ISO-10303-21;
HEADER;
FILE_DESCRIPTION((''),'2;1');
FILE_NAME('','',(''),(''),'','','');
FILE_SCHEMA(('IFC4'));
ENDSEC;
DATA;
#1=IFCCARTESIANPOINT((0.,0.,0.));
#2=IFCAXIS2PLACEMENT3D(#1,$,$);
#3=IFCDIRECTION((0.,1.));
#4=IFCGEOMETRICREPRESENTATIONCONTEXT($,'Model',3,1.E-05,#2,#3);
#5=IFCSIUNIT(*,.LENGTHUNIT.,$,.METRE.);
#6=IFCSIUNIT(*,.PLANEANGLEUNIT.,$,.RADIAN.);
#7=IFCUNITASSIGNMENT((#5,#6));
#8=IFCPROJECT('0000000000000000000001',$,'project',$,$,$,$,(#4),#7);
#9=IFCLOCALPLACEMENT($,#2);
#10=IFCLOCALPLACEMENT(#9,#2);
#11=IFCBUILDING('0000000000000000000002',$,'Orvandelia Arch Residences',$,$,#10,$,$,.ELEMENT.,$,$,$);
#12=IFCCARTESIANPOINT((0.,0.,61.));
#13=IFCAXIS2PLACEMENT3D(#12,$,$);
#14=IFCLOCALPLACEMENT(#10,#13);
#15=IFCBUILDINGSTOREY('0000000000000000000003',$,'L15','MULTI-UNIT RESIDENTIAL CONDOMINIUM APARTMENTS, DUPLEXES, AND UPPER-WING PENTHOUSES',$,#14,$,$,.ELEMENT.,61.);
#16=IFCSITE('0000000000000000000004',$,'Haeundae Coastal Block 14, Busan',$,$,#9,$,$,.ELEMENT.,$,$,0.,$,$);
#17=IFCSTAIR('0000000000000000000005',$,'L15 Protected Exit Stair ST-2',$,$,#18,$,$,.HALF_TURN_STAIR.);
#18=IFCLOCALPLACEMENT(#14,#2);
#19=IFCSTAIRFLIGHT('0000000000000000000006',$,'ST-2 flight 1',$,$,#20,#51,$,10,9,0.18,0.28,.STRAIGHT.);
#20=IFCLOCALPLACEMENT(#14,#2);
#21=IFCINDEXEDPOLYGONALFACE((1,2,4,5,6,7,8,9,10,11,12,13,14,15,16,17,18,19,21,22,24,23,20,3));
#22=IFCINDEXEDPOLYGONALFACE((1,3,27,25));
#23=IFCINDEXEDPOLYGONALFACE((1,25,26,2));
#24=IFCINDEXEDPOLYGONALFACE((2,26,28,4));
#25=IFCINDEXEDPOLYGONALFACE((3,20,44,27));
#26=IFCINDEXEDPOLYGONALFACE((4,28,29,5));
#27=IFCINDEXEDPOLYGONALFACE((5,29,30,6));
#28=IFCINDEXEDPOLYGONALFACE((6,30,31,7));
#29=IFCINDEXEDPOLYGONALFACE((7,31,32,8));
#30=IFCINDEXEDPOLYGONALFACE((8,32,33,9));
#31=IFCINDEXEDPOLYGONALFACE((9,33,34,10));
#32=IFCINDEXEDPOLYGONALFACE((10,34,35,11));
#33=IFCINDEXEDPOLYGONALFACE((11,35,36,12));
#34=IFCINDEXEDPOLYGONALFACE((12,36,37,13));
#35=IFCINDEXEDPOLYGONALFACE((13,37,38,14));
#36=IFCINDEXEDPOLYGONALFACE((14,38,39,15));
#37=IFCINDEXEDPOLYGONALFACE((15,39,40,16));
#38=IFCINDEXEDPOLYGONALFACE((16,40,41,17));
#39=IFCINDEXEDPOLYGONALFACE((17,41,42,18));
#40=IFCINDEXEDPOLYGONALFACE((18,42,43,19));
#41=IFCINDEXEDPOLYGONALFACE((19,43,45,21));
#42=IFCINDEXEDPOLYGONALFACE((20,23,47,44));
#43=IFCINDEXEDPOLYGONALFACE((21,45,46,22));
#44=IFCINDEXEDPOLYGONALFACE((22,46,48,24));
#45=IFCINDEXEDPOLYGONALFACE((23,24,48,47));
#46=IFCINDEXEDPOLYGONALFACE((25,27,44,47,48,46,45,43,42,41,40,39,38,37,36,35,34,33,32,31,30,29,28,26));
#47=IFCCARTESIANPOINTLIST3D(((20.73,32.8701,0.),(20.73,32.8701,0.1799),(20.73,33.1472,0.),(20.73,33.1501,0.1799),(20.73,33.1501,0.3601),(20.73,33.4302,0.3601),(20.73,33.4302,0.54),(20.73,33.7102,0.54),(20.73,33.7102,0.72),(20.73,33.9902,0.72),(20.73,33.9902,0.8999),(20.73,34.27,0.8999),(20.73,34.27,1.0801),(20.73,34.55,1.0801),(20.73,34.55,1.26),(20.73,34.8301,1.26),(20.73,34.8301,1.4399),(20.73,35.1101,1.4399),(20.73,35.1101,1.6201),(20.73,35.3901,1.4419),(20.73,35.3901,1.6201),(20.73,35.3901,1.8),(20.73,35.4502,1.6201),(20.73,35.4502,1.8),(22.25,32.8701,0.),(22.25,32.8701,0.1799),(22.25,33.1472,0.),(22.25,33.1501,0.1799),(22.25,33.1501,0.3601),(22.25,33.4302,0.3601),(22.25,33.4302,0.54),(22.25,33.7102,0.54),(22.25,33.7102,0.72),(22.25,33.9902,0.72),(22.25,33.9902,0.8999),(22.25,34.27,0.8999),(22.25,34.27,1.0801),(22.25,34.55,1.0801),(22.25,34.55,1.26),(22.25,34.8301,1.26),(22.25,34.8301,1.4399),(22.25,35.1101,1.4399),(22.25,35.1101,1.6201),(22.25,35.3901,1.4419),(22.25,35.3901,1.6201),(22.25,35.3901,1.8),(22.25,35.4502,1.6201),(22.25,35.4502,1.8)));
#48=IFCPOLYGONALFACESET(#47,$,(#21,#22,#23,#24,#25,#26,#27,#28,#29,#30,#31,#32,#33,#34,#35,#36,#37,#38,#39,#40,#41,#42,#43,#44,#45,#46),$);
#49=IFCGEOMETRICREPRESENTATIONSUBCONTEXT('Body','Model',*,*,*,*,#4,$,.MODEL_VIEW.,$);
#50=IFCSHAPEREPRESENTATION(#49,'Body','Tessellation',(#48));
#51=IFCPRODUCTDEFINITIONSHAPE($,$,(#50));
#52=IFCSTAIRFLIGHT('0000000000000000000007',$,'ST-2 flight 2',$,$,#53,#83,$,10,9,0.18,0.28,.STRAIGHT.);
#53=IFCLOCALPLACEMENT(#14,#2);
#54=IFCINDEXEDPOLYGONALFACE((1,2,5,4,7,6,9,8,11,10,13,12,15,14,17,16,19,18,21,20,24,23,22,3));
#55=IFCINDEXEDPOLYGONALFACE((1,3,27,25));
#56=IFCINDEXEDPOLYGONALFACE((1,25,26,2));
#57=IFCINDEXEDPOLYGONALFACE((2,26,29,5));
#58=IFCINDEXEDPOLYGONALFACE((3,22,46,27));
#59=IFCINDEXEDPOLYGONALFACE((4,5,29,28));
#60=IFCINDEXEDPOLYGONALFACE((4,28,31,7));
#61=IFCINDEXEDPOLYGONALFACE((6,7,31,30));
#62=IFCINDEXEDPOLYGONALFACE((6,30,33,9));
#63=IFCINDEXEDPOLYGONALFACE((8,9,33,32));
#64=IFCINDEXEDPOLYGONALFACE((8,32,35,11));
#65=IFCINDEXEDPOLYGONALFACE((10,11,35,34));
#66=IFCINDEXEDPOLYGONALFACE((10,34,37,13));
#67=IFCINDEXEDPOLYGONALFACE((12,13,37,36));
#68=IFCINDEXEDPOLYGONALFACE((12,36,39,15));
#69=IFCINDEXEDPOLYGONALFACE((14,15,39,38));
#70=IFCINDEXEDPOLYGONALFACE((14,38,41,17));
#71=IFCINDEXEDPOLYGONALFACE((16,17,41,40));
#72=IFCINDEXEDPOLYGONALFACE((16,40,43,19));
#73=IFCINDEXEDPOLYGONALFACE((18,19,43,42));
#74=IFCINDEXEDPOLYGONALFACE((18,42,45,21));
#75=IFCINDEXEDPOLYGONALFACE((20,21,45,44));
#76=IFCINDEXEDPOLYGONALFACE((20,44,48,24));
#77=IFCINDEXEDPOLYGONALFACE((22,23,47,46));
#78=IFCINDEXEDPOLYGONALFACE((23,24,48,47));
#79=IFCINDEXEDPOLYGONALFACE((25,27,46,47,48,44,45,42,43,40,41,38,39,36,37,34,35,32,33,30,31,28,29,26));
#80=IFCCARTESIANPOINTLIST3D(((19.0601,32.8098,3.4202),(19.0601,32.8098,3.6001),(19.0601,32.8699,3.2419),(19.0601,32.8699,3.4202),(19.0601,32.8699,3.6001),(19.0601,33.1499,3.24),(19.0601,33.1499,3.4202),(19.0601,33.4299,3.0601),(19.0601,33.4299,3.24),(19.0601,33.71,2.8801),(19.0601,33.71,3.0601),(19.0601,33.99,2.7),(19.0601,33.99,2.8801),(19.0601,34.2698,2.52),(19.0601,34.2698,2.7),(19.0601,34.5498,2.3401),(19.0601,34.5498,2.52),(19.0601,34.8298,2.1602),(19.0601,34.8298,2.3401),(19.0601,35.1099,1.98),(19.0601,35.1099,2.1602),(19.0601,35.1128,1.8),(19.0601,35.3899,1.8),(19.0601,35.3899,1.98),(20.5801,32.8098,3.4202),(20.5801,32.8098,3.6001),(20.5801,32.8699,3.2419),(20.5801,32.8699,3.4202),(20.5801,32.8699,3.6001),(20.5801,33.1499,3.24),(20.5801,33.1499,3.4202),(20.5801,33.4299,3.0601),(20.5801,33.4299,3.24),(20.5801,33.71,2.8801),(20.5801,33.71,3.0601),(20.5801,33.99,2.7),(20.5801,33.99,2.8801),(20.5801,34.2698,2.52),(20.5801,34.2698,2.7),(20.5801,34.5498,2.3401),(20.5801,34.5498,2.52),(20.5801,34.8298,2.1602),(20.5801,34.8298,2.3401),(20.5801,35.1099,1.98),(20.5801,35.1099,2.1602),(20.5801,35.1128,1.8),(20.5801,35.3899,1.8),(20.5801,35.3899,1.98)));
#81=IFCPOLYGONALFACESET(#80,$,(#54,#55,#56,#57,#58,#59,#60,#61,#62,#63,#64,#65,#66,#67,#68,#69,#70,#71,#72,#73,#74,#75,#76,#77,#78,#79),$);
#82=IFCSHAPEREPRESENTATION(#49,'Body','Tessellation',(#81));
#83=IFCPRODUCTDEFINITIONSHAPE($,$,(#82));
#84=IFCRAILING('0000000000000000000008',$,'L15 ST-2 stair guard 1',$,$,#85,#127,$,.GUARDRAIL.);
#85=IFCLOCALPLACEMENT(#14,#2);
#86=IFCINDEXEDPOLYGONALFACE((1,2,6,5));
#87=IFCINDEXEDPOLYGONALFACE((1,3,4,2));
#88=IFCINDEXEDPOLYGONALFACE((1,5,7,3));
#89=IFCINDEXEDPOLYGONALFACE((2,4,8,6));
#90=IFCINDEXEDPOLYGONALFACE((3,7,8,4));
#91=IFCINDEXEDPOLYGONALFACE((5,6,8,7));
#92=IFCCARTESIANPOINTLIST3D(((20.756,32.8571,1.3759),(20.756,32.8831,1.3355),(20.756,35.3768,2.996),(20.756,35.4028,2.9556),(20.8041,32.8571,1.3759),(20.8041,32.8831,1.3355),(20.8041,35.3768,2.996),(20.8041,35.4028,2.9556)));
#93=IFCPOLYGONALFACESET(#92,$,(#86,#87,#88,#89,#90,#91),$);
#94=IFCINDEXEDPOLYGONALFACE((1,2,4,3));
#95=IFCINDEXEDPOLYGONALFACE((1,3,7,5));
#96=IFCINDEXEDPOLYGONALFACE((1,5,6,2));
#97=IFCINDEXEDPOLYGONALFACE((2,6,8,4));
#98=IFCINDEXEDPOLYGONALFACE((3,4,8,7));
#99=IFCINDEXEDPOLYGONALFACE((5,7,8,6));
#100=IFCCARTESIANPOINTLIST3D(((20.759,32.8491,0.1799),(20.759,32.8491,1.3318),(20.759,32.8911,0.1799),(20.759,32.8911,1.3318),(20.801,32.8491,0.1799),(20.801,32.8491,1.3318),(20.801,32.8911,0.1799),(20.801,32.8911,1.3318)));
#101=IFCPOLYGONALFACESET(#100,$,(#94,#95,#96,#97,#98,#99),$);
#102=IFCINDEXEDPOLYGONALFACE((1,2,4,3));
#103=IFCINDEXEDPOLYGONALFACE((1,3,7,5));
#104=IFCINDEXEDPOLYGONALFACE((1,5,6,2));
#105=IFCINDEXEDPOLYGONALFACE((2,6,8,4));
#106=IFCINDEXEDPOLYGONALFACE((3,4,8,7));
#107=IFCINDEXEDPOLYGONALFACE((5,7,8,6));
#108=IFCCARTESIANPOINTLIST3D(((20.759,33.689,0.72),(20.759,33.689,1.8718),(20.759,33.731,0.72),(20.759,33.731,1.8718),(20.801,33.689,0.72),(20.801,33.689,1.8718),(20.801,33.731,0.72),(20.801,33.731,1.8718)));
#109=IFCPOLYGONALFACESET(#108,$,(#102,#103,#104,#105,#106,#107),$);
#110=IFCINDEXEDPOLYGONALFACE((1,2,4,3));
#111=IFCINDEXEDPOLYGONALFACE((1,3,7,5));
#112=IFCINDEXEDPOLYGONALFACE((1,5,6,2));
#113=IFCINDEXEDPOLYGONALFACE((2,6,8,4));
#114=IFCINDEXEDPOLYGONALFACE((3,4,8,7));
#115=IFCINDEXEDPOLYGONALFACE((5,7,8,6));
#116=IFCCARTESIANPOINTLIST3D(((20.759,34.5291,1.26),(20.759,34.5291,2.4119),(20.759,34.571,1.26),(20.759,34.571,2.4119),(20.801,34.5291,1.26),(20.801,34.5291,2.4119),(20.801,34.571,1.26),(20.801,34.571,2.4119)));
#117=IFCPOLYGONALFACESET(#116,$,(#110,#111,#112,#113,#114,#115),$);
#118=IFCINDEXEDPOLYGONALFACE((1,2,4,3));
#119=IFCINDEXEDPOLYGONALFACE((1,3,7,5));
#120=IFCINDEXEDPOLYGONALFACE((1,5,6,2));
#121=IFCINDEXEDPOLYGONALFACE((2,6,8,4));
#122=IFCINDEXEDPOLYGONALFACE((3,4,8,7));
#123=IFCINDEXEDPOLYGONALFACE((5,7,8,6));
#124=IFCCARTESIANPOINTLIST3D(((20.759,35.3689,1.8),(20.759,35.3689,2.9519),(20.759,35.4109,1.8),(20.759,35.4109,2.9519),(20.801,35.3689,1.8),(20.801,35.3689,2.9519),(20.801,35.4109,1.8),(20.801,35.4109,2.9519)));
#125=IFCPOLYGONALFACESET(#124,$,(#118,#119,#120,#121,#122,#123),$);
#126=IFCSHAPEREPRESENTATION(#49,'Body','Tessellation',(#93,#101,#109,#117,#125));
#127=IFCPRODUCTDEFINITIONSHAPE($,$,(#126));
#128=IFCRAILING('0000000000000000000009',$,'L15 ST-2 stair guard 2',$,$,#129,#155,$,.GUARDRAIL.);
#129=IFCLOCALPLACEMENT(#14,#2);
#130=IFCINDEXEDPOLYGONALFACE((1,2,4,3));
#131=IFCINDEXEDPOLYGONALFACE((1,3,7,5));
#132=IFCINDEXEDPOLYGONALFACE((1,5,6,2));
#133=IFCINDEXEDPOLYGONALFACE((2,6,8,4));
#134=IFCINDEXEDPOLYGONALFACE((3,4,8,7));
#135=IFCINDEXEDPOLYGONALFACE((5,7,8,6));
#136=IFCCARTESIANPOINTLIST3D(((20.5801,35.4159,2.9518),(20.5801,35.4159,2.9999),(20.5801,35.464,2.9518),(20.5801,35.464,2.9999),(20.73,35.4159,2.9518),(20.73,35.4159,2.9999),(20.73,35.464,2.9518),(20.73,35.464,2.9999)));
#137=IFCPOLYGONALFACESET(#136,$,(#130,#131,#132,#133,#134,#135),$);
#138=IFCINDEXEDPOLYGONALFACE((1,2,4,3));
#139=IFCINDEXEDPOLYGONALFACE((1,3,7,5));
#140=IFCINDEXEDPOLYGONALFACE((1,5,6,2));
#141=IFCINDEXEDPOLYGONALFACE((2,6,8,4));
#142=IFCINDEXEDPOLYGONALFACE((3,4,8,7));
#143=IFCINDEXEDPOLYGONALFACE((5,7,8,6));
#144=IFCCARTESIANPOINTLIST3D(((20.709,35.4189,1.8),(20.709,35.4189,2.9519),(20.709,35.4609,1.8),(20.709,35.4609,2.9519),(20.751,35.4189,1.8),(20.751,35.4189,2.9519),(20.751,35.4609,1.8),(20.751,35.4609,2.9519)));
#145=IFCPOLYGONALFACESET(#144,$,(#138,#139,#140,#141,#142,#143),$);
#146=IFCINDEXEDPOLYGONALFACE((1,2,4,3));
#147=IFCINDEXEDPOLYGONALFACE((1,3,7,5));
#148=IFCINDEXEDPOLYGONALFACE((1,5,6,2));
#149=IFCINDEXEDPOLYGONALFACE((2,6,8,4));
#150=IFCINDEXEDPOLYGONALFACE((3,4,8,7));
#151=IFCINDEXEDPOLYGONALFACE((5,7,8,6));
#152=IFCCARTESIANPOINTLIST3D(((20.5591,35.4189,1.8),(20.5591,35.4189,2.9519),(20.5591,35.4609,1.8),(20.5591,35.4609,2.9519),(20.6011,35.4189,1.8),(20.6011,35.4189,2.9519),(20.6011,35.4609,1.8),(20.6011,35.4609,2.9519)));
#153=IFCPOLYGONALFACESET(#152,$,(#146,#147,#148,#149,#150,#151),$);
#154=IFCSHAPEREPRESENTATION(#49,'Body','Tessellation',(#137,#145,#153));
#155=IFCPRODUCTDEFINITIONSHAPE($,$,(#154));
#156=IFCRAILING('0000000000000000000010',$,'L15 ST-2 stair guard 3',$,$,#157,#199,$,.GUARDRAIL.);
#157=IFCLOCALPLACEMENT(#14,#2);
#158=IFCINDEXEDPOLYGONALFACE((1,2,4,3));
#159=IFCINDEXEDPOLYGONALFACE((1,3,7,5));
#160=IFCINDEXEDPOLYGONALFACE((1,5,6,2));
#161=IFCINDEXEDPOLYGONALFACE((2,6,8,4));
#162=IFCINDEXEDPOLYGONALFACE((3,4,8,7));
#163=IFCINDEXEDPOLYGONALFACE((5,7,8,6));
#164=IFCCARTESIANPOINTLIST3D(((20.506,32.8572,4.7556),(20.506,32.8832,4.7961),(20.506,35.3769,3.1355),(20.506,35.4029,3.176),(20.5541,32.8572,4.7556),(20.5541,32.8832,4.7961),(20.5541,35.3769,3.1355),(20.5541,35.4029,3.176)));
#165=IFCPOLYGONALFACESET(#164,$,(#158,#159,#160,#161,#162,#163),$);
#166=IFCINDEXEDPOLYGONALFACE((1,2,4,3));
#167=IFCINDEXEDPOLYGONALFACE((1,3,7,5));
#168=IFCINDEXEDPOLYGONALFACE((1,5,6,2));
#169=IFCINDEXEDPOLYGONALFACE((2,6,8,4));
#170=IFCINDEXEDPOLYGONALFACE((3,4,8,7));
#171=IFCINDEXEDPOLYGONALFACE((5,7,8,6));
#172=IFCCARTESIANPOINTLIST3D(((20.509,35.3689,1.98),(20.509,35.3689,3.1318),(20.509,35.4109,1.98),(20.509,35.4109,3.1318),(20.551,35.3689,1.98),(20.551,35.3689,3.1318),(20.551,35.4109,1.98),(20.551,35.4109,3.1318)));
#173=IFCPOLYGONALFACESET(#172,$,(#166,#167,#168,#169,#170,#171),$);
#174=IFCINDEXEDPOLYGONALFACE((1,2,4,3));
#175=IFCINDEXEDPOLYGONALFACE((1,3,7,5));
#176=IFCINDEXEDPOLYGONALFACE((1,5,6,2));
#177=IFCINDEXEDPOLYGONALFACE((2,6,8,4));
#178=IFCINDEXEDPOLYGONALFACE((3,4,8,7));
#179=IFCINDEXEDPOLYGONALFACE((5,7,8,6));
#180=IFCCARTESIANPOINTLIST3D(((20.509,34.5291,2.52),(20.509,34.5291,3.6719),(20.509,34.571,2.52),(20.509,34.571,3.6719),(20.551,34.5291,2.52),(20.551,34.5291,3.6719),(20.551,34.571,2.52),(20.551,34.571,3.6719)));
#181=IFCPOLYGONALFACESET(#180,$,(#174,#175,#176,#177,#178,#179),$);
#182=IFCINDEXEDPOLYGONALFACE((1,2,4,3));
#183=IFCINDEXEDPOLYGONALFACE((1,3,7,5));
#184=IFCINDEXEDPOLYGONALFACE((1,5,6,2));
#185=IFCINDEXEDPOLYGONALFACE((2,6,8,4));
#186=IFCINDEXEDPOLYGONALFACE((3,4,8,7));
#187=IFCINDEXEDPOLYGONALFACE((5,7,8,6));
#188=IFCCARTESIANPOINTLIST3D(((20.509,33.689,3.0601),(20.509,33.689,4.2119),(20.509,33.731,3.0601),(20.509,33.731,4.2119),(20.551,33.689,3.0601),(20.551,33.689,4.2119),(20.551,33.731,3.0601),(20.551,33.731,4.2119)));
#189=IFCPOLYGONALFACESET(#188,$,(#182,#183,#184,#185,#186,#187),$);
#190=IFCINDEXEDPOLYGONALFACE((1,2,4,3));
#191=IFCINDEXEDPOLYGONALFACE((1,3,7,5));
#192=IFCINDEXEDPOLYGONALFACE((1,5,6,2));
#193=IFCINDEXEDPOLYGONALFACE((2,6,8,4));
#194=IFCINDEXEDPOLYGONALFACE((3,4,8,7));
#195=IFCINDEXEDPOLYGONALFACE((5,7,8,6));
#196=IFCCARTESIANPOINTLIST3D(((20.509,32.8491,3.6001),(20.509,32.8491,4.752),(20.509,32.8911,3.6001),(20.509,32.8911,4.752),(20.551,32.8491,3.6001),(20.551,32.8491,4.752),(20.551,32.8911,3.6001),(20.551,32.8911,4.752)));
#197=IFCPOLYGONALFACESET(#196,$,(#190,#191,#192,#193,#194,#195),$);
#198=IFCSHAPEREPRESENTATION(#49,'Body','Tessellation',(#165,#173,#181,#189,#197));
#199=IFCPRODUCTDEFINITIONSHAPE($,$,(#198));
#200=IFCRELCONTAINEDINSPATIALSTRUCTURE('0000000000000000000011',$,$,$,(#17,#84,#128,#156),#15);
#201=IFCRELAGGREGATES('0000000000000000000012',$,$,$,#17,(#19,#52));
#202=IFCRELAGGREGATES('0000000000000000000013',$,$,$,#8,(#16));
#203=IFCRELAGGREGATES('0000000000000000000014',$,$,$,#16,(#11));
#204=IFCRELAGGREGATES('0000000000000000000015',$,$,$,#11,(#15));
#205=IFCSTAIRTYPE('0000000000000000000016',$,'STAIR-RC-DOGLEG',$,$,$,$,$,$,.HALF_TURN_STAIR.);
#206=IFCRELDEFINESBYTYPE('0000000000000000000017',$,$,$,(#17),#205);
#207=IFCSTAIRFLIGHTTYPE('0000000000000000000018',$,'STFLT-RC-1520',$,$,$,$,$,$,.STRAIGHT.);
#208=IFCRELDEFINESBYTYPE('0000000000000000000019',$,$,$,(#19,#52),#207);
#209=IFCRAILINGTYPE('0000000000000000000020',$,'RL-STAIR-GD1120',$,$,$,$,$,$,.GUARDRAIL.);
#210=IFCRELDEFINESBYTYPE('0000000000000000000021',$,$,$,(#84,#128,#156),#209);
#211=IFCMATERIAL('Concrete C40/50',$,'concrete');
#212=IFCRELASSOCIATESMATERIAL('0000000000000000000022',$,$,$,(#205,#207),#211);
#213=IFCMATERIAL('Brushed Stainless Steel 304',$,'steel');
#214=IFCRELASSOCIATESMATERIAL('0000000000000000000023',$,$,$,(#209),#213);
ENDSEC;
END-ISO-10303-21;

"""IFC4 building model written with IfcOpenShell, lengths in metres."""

from ifc_helpers import new_model, si_unit, direction, frame, origin, origin_2d, place, context, subcontext, project, spatial, polyline, rectangle, outline, extrude, material, type_object, element, aggregate, save


model = new_model("IFC4")

# Units and contexts
model_context = context("Model", 3, precision=1e-05, world=origin(), true_north=direction((0.0, 1.0)))
body_context = subcontext(model_context, "Body", "Model", "MODEL_VIEW")
ifc_project = project(units=[si_unit("LENGTHUNIT", "METRE"), si_unit("PLANEANGLEUNIT", "RADIAN")], contexts=[model_context])

# Site, building, storey
site_placement = place(None, origin())
site = spatial("IfcSite", under=ifc_project, at=site_placement, Name="Haeundae Coastal Block 14, Busan", CompositionType="ELEMENT", RefElevation=0.0)
building_placement = place(site_placement, origin())
building = spatial("IfcBuilding", under=site, at=building_placement, Name="Orvandelia Arch Residences", CompositionType="ELEMENT")
storey_placement = place(building_placement, frame((0.0, 0.0, 61.0)))
storey = spatial("IfcBuildingStorey", under=building, at=storey_placement, Name="L15", Description="MULTI-UNIT RESIDENTIAL CONDOMINIUM APARTMENTS, DUPLEXES, AND UPPER-WING PENTHOUSES", CompositionType="ELEMENT", Elevation=61.0)

# Stair, stair flights
ifc_material_1 = material(Name="Concrete C40/50", Category="concrete")
stair_type = type_object("IfcStairType", Name="STAIR-RC-DOGLEG", PredefinedType="HALF_TURN_STAIR", material=ifc_material_1)
stair_placement = place(storey_placement, origin())
stair = element("IfcStair", 1, at=stair_placement, inside=storey, type_object=stair_type, Name="L15 Protected Exit Stair ST-2", PredefinedType="HALF_TURN_STAIR")
stair_flight_type = type_object("IfcStairFlightType", Name="STFLT-RC-1520", PredefinedType="STRAIGHT", material=ifc_material_1)
stair_flight_1_placement = place(storey_placement, frame((21.49, 32.8701, 0.0), z_axis=(0.0, 0.0, 1.0), x_axis=(0.0, 1.0, 0.0)))
stair_flight_1 = element("IfcStairFlight", 2, at=stair_flight_1_placement, type_object=stair_flight_type, Name="ST-2 flight 1", NumberOfRisers=10, NumberOfTreads=9, PredefinedType="STRAIGHT", RiserHeight=0.18, TreadLength=0.28, context=body_context, shape_type="SweptSolid", body=[
    extrude(outline(polyline([(0.0, 0.0), (0.0, 0.1799), (0.28, 0.1799), (0.28, 0.3601), (0.5601, 0.3601), (0.5601, 0.54), (0.8401, 0.54), (0.8401, 0.72), (1.1201, 0.72), (1.1201, 0.8999), (1.3999, 0.8999), (1.3999, 1.0801), (1.6799, 1.0801), (1.6799, 1.26), (1.96, 1.26), (1.96, 1.4399), (2.24, 1.4399), (2.24, 1.6201), (2.52, 1.6201), (2.52, 1.8), (2.5801, 1.8), (2.5801, 1.6201), (2.52, 1.4419), (0.2771, 0.0), (0.0, 0.0)])), frame((0.0, 0.76, 0.0), z_axis=(0.0, -1.0, 0.0), x_axis=(1.0, 0.0, 0.0)), (0.0, 0.0, 1.0), 1.52),
])
stair_flight_2_placement = place(storey_placement, frame((19.8201, 35.3899, 1.8), z_axis=(0.0, 0.0, 1.0), x_axis=(0.0, -1.0, 0.0)))
stair_flight_2 = element("IfcStairFlight", 3, at=stair_flight_2_placement, type_object=stair_flight_type, Name="ST-2 flight 2", NumberOfRisers=10, NumberOfTreads=9, PredefinedType="STRAIGHT", RiserHeight=0.18, TreadLength=0.28, context=body_context, shape_type="SweptSolid", body=[
    extrude(outline(polyline([(0.0, 0.0), (0.0, 0.1799), (0.28, 0.1799), (0.28, 0.3601), (0.5601, 0.3601), (0.5601, 0.54), (0.8401, 0.54), (0.8401, 0.72), (1.1201, 0.72), (1.1201, 0.8999), (1.3999, 0.8999), (1.3999, 1.0801), (1.6799, 1.0801), (1.6799, 1.26), (1.96, 1.26), (1.96, 1.4399), (2.24, 1.4399), (2.24, 1.6201), (2.52, 1.6201), (2.52, 1.8), (2.5801, 1.8), (2.5801, 1.6201), (2.52, 1.4419), (0.2771, 0.0), (0.0, 0.0)])), frame((0.0, 0.76, 0.0), z_axis=(0.0, -1.0, 0.0), x_axis=(1.0, 0.0, 0.0)), (0.0, 0.0, 1.0), 1.52),
])
aggregate(stair, [stair_flight_1, stair_flight_2])

# Railings
ifc_material_2 = material(Name="Brushed Stainless Steel 304", Category="steel")
railing_type_1 = type_object("IfcRailingType", Name="RL-STAIR-GD1120", PredefinedType="GUARDRAIL", material=ifc_material_2)
railing_1_placement = place(storey_placement, frame((20.78, 32.8701, 0.1799)))
element("IfcRailing", 4, at=railing_1_placement, inside=storey, type_object=railing_type_1, Name="L15 ST-2 stair guard 1", PredefinedType="GUARDRAIL", context=body_context, shape_type="SweptSolid", body=[
    extrude(rectangle(XDim=0.0481, YDim=0.0481, at=origin_2d()), frame((0.0, 0.0, 1.1758), z_axis=(0.0, 0.841139, 0.540819), x_axis=(-1.0, 0.0, 0.0)), (0.0, 0.0, 1.0), 2.9956),
    extrude(rectangle(XDim=0.042, YDim=0.042, at=origin_2d()), origin(), (0.0, 0.0, 1.0), 1.1519),
    extrude(rectangle(XDim=0.042, YDim=0.042, at=origin_2d()), frame((0.0, 0.8398, 0.54)), (0.0, 0.0, 1.0), 1.1519),
    extrude(rectangle(XDim=0.042, YDim=0.042, at=origin_2d()), frame((0.0, 1.6799, 1.0801)), (0.0, 0.0, 1.0), 1.1519),
    extrude(rectangle(XDim=0.042, YDim=0.042, at=origin_2d()), frame((0.0, 2.5198, 1.6201)), (0.0, 0.0, 1.0), 1.1519),
])
railing_2_placement = place(storey_placement, frame((20.73, 35.4399, 1.8)))
element("IfcRailing", 5, at=railing_2_placement, inside=storey, type_object=railing_type_1, Name="L15 ST-2 stair guard 2", PredefinedType="GUARDRAIL", context=body_context, shape_type="SweptSolid", body=[
    extrude(rectangle(XDim=0.0481, YDim=0.0481, at=origin_2d()), frame((0.0, 0.0, 1.1758), z_axis=(-1.0, 0.0, 0.0), x_axis=(0.0, -1.0, 0.0)), (0.0, 0.0, 1.0), 0.1499),
    extrude(rectangle(XDim=0.042, YDim=0.042, at=origin_2d()), origin(), (0.0, 0.0, 1.0), 1.1519),
    extrude(rectangle(XDim=0.042, YDim=0.042, at=origin_2d()), frame((-0.1499, 0.0, 0.0)), (0.0, 0.0, 1.0), 1.1519),
])
railing_3_placement = place(storey_placement, frame((20.53, 35.3899, 1.98)))
element("IfcRailing", 6, at=railing_3_placement, inside=storey, type_object=railing_type_1, Name="L15 ST-2 stair guard 3", PredefinedType="GUARDRAIL", context=body_context, shape_type="SweptSolid", body=[
    extrude(rectangle(XDim=0.0481, YDim=0.0481, at=origin_2d()), frame((0.0, 0.0, 1.1758), z_axis=(0.0, -0.841139, 0.540819), x_axis=(1.0, 0.0, 0.0)), (0.0, 0.0, 1.0), 2.9956),
    extrude(rectangle(XDim=0.042, YDim=0.042, at=origin_2d()), origin(), (0.0, 0.0, 1.0), 1.1519),
    extrude(rectangle(XDim=0.042, YDim=0.042, at=origin_2d()), frame((0.0, -0.8398, 0.54)), (0.0, 0.0, 1.0), 1.1519),
    extrude(rectangle(XDim=0.042, YDim=0.042, at=origin_2d()), frame((0.0, -1.6799, 1.0801)), (0.0, 0.0, 1.0), 1.1519),
    extrude(rectangle(XDim=0.042, YDim=0.042, at=origin_2d()), frame((0.0, -2.5198, 1.6201)), (0.0, 0.0, 1.0), 1.1519),
])

save(model, "model.ifc")
